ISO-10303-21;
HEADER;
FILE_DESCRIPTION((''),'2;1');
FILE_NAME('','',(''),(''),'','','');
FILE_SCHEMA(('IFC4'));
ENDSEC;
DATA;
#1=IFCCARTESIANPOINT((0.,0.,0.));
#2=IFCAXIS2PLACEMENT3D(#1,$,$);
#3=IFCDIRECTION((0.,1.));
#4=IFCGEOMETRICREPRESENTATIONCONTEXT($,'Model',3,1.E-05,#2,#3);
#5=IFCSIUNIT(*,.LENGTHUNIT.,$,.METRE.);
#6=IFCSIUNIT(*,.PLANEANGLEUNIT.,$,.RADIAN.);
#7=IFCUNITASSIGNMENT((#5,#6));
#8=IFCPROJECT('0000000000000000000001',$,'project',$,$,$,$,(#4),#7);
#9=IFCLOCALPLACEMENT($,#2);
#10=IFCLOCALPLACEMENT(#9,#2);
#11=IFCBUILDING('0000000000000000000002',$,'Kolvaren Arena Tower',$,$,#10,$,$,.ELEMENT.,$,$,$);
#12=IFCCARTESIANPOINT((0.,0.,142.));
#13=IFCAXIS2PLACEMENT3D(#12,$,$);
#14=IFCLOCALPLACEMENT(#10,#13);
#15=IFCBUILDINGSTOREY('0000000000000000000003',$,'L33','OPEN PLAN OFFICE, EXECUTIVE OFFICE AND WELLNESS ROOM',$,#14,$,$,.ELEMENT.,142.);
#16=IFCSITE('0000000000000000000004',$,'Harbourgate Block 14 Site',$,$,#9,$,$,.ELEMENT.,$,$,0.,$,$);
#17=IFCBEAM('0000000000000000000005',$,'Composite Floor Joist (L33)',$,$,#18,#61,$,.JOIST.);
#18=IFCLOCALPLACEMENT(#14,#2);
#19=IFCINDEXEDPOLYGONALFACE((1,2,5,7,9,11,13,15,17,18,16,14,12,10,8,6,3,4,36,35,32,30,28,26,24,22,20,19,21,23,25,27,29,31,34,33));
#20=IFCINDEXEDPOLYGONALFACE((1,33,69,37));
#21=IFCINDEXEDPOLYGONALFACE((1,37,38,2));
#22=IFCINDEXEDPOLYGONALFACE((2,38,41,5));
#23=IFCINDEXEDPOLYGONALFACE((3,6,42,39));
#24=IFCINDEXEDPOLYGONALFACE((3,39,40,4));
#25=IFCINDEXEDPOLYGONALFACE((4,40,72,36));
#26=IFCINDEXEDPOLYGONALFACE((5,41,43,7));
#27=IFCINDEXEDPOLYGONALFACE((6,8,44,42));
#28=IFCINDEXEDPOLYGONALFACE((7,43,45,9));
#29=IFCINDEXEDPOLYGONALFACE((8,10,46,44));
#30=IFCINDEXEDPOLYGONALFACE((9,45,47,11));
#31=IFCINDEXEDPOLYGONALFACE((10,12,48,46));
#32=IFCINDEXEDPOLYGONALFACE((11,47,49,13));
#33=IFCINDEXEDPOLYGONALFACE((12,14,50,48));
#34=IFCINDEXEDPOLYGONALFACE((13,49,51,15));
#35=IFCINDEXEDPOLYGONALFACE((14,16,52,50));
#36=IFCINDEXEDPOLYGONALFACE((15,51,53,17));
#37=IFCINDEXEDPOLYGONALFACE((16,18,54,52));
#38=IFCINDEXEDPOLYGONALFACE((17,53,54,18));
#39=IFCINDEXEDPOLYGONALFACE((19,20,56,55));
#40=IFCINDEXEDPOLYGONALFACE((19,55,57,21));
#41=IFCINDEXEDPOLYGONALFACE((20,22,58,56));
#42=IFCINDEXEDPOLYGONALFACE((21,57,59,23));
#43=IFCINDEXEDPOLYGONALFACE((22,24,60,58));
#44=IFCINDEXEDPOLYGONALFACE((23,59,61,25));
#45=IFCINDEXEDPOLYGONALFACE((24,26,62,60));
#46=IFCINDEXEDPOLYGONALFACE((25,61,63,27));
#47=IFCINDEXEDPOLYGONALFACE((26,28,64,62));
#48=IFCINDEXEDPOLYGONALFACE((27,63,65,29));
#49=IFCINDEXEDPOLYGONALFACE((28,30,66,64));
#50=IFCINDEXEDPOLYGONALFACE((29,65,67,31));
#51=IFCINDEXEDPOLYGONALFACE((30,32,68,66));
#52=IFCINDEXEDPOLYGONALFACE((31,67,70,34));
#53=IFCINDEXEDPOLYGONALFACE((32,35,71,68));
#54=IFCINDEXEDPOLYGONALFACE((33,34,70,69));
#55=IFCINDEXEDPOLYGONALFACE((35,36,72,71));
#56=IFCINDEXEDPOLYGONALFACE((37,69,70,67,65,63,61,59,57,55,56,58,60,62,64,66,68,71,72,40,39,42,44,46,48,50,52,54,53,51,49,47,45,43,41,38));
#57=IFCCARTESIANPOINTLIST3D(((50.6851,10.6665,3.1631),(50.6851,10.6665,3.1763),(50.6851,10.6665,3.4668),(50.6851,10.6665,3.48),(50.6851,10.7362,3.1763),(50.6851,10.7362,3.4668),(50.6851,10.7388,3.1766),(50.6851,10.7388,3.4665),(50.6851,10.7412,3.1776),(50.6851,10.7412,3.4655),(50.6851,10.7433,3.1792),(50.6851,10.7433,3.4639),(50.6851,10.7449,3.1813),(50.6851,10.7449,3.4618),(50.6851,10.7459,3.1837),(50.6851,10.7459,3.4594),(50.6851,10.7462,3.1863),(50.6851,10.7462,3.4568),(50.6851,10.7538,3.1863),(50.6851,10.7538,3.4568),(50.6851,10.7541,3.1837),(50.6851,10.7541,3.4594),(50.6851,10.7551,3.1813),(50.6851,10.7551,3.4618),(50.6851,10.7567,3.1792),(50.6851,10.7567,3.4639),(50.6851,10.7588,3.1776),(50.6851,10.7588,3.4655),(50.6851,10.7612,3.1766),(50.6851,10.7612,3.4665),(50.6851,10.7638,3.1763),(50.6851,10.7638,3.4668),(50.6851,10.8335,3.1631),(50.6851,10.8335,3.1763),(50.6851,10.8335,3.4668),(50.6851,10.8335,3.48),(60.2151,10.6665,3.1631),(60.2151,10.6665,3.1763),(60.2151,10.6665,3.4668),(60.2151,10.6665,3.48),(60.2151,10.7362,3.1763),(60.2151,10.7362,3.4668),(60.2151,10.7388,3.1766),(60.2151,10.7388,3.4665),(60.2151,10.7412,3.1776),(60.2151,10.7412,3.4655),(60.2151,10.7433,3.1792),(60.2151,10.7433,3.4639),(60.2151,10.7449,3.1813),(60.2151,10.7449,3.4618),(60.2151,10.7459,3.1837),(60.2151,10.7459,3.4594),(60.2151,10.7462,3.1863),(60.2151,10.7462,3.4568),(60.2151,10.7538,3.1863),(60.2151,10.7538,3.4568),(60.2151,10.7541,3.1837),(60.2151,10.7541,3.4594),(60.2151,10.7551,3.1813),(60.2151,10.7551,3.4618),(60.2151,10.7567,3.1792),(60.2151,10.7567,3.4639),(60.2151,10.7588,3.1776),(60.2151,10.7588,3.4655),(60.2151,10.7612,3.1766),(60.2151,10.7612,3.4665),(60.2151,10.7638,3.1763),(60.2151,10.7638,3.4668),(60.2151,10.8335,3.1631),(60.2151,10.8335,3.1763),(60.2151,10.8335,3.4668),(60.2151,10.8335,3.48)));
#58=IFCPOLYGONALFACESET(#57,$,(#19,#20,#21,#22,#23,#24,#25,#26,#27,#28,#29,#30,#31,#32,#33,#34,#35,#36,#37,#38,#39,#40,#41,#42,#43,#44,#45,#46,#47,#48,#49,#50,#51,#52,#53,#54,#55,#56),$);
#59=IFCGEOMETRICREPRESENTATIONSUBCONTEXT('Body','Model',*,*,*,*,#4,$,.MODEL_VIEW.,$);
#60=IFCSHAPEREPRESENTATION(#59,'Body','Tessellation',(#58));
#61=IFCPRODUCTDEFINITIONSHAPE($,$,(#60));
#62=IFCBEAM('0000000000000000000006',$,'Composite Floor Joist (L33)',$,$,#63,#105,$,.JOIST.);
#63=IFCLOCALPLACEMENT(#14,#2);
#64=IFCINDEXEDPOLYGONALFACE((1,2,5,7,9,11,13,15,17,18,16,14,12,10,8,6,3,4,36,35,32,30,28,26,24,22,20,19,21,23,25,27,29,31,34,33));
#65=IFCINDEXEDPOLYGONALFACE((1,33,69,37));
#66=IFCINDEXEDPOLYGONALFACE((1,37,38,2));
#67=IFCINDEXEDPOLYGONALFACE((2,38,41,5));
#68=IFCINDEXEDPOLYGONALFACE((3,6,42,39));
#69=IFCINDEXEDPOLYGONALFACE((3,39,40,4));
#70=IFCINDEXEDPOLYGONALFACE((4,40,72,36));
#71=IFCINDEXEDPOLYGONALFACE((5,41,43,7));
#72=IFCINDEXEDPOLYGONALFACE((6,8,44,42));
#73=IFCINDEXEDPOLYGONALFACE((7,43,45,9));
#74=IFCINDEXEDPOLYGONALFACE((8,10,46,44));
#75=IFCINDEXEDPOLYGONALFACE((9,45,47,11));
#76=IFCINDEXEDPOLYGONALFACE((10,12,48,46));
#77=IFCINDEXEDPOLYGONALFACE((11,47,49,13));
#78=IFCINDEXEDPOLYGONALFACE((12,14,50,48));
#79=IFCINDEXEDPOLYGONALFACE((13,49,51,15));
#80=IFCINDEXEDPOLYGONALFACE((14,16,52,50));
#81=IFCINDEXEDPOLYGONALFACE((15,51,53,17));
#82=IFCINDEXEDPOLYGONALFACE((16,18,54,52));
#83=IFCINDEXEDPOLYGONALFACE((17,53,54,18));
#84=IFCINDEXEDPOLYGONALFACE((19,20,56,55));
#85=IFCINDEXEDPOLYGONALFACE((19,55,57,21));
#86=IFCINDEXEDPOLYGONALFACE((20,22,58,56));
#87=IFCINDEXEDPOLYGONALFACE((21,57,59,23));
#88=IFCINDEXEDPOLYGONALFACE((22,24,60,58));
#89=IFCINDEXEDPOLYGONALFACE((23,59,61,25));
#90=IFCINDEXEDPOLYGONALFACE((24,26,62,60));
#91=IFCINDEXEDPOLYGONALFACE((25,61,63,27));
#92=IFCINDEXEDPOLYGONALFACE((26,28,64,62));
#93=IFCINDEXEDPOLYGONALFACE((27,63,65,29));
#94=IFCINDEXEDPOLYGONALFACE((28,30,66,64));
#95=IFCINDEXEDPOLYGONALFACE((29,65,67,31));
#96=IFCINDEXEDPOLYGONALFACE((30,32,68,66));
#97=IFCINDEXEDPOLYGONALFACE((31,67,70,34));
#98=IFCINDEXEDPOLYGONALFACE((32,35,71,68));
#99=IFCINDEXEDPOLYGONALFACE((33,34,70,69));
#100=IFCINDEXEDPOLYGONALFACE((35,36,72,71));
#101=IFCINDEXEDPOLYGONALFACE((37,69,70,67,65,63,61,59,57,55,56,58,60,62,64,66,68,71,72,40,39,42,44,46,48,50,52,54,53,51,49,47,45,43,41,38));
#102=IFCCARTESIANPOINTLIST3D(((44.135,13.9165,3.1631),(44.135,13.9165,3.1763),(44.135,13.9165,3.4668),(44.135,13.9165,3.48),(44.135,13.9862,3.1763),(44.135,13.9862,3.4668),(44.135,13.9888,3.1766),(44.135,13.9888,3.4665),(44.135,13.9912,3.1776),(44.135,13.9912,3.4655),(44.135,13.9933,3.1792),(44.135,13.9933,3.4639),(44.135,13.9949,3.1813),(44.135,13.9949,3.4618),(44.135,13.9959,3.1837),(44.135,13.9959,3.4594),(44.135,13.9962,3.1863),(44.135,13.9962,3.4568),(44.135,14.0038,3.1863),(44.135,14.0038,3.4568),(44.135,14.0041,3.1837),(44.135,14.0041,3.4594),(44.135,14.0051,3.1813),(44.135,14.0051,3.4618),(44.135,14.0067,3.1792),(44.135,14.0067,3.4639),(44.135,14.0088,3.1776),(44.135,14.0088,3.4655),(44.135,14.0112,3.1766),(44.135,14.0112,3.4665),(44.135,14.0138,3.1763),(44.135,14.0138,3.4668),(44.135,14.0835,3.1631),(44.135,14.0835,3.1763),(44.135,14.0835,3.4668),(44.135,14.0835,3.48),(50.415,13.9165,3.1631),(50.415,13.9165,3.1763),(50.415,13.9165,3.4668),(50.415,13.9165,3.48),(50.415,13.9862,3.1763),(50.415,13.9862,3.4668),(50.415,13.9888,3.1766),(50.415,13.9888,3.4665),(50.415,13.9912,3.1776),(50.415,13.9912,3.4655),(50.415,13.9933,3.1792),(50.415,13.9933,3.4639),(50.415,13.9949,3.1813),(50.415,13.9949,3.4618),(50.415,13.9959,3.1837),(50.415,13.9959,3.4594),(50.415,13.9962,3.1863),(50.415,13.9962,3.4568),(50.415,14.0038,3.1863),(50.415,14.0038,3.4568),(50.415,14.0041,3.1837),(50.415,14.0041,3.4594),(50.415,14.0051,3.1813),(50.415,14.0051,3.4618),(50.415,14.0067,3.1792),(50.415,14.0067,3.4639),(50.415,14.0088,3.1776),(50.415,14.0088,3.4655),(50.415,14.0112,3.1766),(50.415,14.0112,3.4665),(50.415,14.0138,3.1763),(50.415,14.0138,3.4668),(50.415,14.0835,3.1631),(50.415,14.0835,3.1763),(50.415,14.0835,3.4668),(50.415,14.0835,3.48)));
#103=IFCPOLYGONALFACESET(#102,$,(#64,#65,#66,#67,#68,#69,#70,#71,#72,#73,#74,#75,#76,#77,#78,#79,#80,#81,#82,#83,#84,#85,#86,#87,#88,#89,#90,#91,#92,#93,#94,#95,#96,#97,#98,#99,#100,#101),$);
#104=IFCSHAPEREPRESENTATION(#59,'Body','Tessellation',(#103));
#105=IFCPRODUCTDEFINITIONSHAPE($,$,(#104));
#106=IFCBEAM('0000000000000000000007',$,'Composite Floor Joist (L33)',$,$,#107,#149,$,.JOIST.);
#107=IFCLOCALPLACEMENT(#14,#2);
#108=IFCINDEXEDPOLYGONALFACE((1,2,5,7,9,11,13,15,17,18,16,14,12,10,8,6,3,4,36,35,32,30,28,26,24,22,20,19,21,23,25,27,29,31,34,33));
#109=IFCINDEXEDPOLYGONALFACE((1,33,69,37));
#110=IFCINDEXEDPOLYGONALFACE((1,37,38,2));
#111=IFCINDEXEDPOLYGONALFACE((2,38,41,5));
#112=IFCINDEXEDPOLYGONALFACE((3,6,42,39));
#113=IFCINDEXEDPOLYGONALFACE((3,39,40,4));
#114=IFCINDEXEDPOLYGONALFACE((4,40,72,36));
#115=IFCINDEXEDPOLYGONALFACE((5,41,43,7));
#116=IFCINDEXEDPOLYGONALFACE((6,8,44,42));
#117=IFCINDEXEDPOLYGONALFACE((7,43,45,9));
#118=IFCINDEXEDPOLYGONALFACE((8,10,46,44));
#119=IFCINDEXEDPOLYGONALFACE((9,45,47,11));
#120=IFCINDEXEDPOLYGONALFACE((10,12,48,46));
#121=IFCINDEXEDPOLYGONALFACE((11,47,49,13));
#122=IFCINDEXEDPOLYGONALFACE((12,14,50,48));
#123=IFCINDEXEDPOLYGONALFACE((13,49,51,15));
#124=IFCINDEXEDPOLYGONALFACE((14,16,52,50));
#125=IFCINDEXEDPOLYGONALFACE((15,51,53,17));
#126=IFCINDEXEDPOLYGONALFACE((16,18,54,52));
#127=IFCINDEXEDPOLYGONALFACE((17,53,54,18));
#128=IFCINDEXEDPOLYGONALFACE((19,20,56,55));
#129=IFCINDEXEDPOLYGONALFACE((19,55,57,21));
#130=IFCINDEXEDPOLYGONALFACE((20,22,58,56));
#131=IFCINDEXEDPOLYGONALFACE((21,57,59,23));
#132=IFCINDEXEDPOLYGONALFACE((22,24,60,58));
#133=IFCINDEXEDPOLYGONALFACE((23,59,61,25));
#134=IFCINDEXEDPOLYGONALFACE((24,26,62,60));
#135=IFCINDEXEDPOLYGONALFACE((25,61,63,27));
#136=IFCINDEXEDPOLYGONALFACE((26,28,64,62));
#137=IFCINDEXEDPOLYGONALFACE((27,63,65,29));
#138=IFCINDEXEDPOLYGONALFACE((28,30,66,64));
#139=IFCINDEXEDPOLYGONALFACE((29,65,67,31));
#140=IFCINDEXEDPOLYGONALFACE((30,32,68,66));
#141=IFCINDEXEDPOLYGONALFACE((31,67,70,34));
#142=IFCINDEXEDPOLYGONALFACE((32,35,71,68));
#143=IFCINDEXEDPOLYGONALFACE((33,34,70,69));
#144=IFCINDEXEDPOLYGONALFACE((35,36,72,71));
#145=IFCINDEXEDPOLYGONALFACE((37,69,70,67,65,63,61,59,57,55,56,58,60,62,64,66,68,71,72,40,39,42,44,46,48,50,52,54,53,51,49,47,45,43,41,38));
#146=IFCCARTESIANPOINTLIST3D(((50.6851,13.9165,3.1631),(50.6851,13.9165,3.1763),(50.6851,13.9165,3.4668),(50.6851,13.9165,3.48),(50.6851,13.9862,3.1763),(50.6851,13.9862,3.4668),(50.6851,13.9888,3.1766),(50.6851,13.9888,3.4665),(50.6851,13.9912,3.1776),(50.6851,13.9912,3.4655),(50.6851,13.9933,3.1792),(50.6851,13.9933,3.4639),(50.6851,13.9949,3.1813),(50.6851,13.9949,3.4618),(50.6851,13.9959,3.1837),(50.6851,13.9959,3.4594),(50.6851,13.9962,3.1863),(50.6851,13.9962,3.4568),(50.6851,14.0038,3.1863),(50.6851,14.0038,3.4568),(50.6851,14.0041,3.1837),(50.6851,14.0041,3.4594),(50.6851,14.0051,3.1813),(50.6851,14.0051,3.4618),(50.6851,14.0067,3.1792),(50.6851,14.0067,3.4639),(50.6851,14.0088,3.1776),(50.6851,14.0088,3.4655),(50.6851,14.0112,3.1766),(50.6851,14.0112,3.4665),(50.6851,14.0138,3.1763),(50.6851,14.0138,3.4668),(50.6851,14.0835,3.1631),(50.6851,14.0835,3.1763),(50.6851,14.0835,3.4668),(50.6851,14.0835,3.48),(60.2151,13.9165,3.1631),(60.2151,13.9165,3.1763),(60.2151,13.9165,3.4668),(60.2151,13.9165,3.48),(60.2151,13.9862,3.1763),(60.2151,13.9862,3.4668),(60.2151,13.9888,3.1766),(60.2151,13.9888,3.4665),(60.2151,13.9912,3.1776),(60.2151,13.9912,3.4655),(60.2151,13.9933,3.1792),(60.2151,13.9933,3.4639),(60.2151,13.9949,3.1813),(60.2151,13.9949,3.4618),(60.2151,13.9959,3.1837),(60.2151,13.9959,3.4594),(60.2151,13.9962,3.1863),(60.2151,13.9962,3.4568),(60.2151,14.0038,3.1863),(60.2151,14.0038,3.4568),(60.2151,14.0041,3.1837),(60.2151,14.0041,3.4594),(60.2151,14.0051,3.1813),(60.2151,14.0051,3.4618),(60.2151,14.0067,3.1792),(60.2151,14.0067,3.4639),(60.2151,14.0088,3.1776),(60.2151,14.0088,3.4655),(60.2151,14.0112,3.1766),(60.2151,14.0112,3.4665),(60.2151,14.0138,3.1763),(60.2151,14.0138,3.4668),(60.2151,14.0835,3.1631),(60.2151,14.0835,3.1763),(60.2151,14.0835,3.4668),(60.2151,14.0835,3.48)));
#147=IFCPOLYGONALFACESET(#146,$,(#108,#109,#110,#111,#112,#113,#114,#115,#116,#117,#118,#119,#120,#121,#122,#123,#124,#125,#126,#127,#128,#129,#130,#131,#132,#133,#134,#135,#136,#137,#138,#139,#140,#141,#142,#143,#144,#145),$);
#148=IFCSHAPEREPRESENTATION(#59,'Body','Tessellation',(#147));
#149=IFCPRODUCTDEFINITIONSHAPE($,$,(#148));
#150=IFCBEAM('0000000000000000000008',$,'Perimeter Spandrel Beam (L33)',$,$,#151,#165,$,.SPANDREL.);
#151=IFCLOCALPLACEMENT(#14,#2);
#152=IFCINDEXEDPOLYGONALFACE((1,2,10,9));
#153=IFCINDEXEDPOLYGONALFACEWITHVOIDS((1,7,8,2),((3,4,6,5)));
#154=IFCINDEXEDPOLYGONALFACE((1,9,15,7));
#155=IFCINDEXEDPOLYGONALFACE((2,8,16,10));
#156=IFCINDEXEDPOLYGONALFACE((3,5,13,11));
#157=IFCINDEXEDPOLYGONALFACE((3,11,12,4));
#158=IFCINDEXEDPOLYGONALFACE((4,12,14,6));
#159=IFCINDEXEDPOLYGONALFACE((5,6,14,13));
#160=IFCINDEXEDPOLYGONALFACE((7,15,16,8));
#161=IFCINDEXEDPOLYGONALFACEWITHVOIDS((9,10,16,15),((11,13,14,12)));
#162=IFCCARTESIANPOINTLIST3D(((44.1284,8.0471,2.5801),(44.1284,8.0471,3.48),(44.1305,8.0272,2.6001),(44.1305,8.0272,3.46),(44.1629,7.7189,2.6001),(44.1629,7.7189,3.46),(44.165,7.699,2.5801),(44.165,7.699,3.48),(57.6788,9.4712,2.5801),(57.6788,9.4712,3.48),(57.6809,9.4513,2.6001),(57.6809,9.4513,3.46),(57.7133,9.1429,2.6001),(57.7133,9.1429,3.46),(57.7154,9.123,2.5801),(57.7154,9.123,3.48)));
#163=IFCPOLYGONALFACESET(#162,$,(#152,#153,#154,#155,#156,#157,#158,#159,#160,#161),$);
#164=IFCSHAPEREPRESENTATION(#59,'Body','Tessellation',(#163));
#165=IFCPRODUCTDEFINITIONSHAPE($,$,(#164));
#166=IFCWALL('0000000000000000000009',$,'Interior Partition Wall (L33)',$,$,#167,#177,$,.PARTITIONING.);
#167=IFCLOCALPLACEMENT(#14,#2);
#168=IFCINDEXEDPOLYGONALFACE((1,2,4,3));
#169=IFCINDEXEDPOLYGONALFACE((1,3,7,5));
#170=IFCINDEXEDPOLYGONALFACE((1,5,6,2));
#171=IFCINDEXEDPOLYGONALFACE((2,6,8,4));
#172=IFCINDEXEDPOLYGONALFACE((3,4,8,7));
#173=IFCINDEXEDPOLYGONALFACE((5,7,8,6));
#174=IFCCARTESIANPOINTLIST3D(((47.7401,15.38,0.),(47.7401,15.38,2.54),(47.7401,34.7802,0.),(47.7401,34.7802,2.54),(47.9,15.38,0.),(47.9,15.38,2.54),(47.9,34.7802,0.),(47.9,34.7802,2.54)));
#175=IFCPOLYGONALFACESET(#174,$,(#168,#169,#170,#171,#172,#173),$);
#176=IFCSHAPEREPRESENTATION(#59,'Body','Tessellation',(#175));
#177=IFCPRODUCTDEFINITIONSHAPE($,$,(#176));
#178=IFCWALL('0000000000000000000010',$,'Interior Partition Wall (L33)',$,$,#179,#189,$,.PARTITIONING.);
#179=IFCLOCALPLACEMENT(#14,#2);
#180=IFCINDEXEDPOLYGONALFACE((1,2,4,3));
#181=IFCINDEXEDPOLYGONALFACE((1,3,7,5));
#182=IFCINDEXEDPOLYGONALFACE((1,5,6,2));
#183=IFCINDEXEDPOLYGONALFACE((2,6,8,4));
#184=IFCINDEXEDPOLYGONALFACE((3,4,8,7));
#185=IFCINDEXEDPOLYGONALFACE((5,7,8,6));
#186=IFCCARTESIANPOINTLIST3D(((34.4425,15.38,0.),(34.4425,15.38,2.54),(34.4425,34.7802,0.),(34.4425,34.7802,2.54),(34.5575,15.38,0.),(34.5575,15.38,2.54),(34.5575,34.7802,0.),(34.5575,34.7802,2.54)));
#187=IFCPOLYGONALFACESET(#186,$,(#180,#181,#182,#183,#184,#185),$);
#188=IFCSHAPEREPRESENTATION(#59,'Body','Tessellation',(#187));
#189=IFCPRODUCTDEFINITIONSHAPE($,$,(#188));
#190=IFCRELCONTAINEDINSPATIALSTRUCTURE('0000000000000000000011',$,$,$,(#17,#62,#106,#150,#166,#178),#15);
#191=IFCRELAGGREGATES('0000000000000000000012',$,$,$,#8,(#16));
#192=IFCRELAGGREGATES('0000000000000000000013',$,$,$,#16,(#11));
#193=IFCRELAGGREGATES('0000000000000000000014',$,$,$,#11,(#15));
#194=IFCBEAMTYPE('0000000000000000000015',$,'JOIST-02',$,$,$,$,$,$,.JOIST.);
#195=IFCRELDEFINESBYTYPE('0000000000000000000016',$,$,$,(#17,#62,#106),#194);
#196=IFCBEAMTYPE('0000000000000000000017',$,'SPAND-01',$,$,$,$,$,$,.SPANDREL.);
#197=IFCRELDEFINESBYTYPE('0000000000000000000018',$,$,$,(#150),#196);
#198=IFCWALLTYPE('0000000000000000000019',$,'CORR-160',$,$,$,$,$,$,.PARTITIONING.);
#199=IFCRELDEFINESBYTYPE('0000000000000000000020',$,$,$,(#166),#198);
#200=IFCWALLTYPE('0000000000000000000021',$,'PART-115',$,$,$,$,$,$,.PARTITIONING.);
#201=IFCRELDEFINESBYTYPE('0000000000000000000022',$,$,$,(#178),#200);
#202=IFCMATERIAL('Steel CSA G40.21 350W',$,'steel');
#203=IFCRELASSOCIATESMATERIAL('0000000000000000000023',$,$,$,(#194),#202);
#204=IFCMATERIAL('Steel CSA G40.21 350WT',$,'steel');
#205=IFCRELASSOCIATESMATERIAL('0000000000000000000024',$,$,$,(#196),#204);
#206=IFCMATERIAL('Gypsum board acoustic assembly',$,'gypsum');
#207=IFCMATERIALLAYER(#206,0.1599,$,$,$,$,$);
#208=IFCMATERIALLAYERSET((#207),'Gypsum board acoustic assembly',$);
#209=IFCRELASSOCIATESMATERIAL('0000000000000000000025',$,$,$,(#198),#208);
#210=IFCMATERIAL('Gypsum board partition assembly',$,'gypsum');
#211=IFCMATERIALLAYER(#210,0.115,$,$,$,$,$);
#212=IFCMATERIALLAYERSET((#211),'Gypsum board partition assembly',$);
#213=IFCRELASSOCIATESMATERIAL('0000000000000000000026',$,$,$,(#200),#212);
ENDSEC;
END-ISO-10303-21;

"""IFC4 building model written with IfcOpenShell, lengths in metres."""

from ifc_helpers import new_model, si_unit, direction, frame, frame_2d, origin, origin_2d, place, context, subcontext, project, spatial, rectangle, hollow_rectangle, i_section, extrude, material, layer, layer_set, material_profile, profile_set, type_object, element, save


model = new_model("IFC4")

# Units and contexts
model_context = context("Model", 3, precision=1e-05, world=origin(), true_north=direction((0.0, 1.0)))
body_context = subcontext(model_context, "Body", "Model", "MODEL_VIEW")
ifc_project = project(units=[si_unit("LENGTHUNIT", "METRE"), si_unit("PLANEANGLEUNIT", "RADIAN")], contexts=[model_context])

# Site, building, storey
site_placement = place(None, origin())
site = spatial("IfcSite", under=ifc_project, at=site_placement, Name="Harbourgate Block 14 Site", CompositionType="ELEMENT", RefElevation=0.0)
building_placement = place(site_placement, origin())
building = spatial("IfcBuilding", under=site, at=building_placement, Name="Kolvaren Arena Tower", CompositionType="ELEMENT")
storey_placement = place(building_placement, frame((0.0, 0.0, 142.0)))
storey = spatial("IfcBuildingStorey", under=building, at=storey_placement, Name="L33", Description="OPEN PLAN OFFICE, EXECUTIVE OFFICE AND WELLNESS ROOM", CompositionType="ELEMENT", Elevation=142.0)

# Beams
ifc_material_1 = material(Name="Steel CSA G40.21 350W", Category="steel")
ifc_material_profile_1 = material_profile(ifc_material_1, i_section(OverallWidth=0.167, OverallDepth=0.3169, WebThickness=0.0076, FlangeThickness=0.0132, FilletRadius=0.01, at=origin_2d()), Name="W310x52")
ifc_profile_set_1 = profile_set([ifc_material_profile_1], Name="Steel CSA G40.21 350W")
beam_type_1 = type_object("IfcBeamType", Name="JOIST-02", PredefinedType="JOIST", material=ifc_profile_set_1)
beam_1_placement = place(storey_placement, frame((50.6851, 10.75, 3.3215), z_axis=(1.0, 0.0, 0.0), x_axis=(0.0, 1.0, 0.0)))
element("IfcBeam", 1, at=beam_1_placement, inside=storey, type_object=beam_type_1, Name="Composite Floor Joist (L33)", PredefinedType="JOIST", context=body_context, shape_type="SweptSolid", body=[
    extrude(i_section(OverallWidth=0.167, OverallDepth=0.3169, WebThickness=0.0076, FlangeThickness=0.0132, FilletRadius=0.01, at=origin_2d()), origin(), (0.0, 0.0, 1.0), 9.53),
])
beam_2_placement = place(storey_placement, frame((44.135, 14.0, 3.3215), z_axis=(1.0, 0.0, 0.0), x_axis=(0.0, 1.0, 0.0)))
element("IfcBeam", 2, at=beam_2_placement, inside=storey, type_object=beam_type_1, Name="Composite Floor Joist (L33)", PredefinedType="JOIST", context=body_context, shape_type="SweptSolid", body=[
    extrude(i_section(OverallWidth=0.167, OverallDepth=0.3169, WebThickness=0.0076, FlangeThickness=0.0132, FilletRadius=0.01, at=origin_2d()), origin(), (0.0, 0.0, 1.0), 6.28),
])
beam_3_placement = place(storey_placement, frame((50.6851, 14.0, 3.3215), z_axis=(1.0, 0.0, 0.0), x_axis=(0.0, 1.0, 0.0)))
element("IfcBeam", 3, at=beam_3_placement, inside=storey, type_object=beam_type_1, Name="Composite Floor Joist (L33)", PredefinedType="JOIST", context=body_context, shape_type="SweptSolid", body=[
    extrude(i_section(OverallWidth=0.167, OverallDepth=0.3169, WebThickness=0.0076, FlangeThickness=0.0132, FilletRadius=0.01, at=origin_2d()), origin(), (0.0, 0.0, 1.0), 9.53),
])
ifc_material_2 = material(Name="Steel CSA G40.21 350WT", Category="steel")
ifc_material_profile_2 = material_profile(ifc_material_2, hollow_rectangle(XDim=0.3501, YDim=0.8999, WallThickness=0.02, at=origin_2d()), Name="HSS 900x350x20")
ifc_profile_set_2 = profile_set([ifc_material_profile_2], Name="Steel CSA G40.21 350WT")
beam_type_2 = type_object("IfcBeamType", Name="SPAND-01", PredefinedType="SPANDREL", material=ifc_profile_set_2)
beam_4_placement = place(storey_placement, frame((44.1467, 7.873, 3.03), z_axis=(0.994523, 0.10452, 0.0), x_axis=(-0.10452, 0.994523, 0.0)))
element("IfcBeam", 4, at=beam_4_placement, inside=storey, type_object=beam_type_2, Name="Perimeter Spandrel Beam (L33)", PredefinedType="SPANDREL", context=body_context, shape_type="SweptSolid", body=[
    extrude(hollow_rectangle(XDim=0.3501, YDim=0.8999, WallThickness=0.02, at=origin_2d()), origin(), (0.0, 0.0, 1.0), 13.625),
])

# Walls
ifc_material_3 = material(Name="Gypsum board acoustic assembly", Category="gypsum")
ifc_layer_1 = layer(ifc_material_3, 0.1599)
ifc_layer_set_1 = layer_set([ifc_layer_1], Name="Gypsum board acoustic assembly")
wall_type_1 = type_object("IfcWallType", Name="CORR-160", PredefinedType="PARTITIONING", material=ifc_layer_set_1)
wall_1_placement = place(storey_placement, frame((47.8201, 15.3799, 0.0), z_axis=(0.0, 0.0, 1.0), x_axis=(0.0, 1.0, 0.0)))
element("IfcWall", 5, at=wall_1_placement, inside=storey, type_object=wall_type_1, Name="Interior Partition Wall (L33)", PredefinedType="PARTITIONING", context=body_context, shape_type="SweptSolid", body=[
    extrude(rectangle(XDim=19.4001, YDim=0.1599, at=frame_2d((9.7002, 0.0))), origin(), (0.0, 0.0, 1.0), 2.54),
])
ifc_material_4 = material(Name="Gypsum board partition assembly", Category="gypsum")
ifc_layer_2 = layer(ifc_material_4, 0.115)
ifc_layer_set_2 = layer_set([ifc_layer_2], Name="Gypsum board partition assembly")
wall_type_2 = type_object("IfcWallType", Name="PART-115", PredefinedType="PARTITIONING", material=ifc_layer_set_2)
for number, where, z_axis, x_axis, name in (
    (6, (34.5, 15.3799, 0.0), (0.0, 0.0, 1.0), (0.0, 1.0, 0.0), "Interior Partition Wall (L33)"),
):
    element("IfcWall", number, at=place(storey_placement, frame(where, z_axis=z_axis, x_axis=x_axis)), inside=storey, type_object=wall_type_2, Name=name, PredefinedType="PARTITIONING", context=body_context, shape_type="SweptSolid", body=[
        extrude(rectangle(XDim=19.4001, YDim=0.115, at=frame_2d((9.7002, 0.0))), origin(), (0.0, 0.0, 1.0), 2.54),
    ])

save(model, "model.ifc")
